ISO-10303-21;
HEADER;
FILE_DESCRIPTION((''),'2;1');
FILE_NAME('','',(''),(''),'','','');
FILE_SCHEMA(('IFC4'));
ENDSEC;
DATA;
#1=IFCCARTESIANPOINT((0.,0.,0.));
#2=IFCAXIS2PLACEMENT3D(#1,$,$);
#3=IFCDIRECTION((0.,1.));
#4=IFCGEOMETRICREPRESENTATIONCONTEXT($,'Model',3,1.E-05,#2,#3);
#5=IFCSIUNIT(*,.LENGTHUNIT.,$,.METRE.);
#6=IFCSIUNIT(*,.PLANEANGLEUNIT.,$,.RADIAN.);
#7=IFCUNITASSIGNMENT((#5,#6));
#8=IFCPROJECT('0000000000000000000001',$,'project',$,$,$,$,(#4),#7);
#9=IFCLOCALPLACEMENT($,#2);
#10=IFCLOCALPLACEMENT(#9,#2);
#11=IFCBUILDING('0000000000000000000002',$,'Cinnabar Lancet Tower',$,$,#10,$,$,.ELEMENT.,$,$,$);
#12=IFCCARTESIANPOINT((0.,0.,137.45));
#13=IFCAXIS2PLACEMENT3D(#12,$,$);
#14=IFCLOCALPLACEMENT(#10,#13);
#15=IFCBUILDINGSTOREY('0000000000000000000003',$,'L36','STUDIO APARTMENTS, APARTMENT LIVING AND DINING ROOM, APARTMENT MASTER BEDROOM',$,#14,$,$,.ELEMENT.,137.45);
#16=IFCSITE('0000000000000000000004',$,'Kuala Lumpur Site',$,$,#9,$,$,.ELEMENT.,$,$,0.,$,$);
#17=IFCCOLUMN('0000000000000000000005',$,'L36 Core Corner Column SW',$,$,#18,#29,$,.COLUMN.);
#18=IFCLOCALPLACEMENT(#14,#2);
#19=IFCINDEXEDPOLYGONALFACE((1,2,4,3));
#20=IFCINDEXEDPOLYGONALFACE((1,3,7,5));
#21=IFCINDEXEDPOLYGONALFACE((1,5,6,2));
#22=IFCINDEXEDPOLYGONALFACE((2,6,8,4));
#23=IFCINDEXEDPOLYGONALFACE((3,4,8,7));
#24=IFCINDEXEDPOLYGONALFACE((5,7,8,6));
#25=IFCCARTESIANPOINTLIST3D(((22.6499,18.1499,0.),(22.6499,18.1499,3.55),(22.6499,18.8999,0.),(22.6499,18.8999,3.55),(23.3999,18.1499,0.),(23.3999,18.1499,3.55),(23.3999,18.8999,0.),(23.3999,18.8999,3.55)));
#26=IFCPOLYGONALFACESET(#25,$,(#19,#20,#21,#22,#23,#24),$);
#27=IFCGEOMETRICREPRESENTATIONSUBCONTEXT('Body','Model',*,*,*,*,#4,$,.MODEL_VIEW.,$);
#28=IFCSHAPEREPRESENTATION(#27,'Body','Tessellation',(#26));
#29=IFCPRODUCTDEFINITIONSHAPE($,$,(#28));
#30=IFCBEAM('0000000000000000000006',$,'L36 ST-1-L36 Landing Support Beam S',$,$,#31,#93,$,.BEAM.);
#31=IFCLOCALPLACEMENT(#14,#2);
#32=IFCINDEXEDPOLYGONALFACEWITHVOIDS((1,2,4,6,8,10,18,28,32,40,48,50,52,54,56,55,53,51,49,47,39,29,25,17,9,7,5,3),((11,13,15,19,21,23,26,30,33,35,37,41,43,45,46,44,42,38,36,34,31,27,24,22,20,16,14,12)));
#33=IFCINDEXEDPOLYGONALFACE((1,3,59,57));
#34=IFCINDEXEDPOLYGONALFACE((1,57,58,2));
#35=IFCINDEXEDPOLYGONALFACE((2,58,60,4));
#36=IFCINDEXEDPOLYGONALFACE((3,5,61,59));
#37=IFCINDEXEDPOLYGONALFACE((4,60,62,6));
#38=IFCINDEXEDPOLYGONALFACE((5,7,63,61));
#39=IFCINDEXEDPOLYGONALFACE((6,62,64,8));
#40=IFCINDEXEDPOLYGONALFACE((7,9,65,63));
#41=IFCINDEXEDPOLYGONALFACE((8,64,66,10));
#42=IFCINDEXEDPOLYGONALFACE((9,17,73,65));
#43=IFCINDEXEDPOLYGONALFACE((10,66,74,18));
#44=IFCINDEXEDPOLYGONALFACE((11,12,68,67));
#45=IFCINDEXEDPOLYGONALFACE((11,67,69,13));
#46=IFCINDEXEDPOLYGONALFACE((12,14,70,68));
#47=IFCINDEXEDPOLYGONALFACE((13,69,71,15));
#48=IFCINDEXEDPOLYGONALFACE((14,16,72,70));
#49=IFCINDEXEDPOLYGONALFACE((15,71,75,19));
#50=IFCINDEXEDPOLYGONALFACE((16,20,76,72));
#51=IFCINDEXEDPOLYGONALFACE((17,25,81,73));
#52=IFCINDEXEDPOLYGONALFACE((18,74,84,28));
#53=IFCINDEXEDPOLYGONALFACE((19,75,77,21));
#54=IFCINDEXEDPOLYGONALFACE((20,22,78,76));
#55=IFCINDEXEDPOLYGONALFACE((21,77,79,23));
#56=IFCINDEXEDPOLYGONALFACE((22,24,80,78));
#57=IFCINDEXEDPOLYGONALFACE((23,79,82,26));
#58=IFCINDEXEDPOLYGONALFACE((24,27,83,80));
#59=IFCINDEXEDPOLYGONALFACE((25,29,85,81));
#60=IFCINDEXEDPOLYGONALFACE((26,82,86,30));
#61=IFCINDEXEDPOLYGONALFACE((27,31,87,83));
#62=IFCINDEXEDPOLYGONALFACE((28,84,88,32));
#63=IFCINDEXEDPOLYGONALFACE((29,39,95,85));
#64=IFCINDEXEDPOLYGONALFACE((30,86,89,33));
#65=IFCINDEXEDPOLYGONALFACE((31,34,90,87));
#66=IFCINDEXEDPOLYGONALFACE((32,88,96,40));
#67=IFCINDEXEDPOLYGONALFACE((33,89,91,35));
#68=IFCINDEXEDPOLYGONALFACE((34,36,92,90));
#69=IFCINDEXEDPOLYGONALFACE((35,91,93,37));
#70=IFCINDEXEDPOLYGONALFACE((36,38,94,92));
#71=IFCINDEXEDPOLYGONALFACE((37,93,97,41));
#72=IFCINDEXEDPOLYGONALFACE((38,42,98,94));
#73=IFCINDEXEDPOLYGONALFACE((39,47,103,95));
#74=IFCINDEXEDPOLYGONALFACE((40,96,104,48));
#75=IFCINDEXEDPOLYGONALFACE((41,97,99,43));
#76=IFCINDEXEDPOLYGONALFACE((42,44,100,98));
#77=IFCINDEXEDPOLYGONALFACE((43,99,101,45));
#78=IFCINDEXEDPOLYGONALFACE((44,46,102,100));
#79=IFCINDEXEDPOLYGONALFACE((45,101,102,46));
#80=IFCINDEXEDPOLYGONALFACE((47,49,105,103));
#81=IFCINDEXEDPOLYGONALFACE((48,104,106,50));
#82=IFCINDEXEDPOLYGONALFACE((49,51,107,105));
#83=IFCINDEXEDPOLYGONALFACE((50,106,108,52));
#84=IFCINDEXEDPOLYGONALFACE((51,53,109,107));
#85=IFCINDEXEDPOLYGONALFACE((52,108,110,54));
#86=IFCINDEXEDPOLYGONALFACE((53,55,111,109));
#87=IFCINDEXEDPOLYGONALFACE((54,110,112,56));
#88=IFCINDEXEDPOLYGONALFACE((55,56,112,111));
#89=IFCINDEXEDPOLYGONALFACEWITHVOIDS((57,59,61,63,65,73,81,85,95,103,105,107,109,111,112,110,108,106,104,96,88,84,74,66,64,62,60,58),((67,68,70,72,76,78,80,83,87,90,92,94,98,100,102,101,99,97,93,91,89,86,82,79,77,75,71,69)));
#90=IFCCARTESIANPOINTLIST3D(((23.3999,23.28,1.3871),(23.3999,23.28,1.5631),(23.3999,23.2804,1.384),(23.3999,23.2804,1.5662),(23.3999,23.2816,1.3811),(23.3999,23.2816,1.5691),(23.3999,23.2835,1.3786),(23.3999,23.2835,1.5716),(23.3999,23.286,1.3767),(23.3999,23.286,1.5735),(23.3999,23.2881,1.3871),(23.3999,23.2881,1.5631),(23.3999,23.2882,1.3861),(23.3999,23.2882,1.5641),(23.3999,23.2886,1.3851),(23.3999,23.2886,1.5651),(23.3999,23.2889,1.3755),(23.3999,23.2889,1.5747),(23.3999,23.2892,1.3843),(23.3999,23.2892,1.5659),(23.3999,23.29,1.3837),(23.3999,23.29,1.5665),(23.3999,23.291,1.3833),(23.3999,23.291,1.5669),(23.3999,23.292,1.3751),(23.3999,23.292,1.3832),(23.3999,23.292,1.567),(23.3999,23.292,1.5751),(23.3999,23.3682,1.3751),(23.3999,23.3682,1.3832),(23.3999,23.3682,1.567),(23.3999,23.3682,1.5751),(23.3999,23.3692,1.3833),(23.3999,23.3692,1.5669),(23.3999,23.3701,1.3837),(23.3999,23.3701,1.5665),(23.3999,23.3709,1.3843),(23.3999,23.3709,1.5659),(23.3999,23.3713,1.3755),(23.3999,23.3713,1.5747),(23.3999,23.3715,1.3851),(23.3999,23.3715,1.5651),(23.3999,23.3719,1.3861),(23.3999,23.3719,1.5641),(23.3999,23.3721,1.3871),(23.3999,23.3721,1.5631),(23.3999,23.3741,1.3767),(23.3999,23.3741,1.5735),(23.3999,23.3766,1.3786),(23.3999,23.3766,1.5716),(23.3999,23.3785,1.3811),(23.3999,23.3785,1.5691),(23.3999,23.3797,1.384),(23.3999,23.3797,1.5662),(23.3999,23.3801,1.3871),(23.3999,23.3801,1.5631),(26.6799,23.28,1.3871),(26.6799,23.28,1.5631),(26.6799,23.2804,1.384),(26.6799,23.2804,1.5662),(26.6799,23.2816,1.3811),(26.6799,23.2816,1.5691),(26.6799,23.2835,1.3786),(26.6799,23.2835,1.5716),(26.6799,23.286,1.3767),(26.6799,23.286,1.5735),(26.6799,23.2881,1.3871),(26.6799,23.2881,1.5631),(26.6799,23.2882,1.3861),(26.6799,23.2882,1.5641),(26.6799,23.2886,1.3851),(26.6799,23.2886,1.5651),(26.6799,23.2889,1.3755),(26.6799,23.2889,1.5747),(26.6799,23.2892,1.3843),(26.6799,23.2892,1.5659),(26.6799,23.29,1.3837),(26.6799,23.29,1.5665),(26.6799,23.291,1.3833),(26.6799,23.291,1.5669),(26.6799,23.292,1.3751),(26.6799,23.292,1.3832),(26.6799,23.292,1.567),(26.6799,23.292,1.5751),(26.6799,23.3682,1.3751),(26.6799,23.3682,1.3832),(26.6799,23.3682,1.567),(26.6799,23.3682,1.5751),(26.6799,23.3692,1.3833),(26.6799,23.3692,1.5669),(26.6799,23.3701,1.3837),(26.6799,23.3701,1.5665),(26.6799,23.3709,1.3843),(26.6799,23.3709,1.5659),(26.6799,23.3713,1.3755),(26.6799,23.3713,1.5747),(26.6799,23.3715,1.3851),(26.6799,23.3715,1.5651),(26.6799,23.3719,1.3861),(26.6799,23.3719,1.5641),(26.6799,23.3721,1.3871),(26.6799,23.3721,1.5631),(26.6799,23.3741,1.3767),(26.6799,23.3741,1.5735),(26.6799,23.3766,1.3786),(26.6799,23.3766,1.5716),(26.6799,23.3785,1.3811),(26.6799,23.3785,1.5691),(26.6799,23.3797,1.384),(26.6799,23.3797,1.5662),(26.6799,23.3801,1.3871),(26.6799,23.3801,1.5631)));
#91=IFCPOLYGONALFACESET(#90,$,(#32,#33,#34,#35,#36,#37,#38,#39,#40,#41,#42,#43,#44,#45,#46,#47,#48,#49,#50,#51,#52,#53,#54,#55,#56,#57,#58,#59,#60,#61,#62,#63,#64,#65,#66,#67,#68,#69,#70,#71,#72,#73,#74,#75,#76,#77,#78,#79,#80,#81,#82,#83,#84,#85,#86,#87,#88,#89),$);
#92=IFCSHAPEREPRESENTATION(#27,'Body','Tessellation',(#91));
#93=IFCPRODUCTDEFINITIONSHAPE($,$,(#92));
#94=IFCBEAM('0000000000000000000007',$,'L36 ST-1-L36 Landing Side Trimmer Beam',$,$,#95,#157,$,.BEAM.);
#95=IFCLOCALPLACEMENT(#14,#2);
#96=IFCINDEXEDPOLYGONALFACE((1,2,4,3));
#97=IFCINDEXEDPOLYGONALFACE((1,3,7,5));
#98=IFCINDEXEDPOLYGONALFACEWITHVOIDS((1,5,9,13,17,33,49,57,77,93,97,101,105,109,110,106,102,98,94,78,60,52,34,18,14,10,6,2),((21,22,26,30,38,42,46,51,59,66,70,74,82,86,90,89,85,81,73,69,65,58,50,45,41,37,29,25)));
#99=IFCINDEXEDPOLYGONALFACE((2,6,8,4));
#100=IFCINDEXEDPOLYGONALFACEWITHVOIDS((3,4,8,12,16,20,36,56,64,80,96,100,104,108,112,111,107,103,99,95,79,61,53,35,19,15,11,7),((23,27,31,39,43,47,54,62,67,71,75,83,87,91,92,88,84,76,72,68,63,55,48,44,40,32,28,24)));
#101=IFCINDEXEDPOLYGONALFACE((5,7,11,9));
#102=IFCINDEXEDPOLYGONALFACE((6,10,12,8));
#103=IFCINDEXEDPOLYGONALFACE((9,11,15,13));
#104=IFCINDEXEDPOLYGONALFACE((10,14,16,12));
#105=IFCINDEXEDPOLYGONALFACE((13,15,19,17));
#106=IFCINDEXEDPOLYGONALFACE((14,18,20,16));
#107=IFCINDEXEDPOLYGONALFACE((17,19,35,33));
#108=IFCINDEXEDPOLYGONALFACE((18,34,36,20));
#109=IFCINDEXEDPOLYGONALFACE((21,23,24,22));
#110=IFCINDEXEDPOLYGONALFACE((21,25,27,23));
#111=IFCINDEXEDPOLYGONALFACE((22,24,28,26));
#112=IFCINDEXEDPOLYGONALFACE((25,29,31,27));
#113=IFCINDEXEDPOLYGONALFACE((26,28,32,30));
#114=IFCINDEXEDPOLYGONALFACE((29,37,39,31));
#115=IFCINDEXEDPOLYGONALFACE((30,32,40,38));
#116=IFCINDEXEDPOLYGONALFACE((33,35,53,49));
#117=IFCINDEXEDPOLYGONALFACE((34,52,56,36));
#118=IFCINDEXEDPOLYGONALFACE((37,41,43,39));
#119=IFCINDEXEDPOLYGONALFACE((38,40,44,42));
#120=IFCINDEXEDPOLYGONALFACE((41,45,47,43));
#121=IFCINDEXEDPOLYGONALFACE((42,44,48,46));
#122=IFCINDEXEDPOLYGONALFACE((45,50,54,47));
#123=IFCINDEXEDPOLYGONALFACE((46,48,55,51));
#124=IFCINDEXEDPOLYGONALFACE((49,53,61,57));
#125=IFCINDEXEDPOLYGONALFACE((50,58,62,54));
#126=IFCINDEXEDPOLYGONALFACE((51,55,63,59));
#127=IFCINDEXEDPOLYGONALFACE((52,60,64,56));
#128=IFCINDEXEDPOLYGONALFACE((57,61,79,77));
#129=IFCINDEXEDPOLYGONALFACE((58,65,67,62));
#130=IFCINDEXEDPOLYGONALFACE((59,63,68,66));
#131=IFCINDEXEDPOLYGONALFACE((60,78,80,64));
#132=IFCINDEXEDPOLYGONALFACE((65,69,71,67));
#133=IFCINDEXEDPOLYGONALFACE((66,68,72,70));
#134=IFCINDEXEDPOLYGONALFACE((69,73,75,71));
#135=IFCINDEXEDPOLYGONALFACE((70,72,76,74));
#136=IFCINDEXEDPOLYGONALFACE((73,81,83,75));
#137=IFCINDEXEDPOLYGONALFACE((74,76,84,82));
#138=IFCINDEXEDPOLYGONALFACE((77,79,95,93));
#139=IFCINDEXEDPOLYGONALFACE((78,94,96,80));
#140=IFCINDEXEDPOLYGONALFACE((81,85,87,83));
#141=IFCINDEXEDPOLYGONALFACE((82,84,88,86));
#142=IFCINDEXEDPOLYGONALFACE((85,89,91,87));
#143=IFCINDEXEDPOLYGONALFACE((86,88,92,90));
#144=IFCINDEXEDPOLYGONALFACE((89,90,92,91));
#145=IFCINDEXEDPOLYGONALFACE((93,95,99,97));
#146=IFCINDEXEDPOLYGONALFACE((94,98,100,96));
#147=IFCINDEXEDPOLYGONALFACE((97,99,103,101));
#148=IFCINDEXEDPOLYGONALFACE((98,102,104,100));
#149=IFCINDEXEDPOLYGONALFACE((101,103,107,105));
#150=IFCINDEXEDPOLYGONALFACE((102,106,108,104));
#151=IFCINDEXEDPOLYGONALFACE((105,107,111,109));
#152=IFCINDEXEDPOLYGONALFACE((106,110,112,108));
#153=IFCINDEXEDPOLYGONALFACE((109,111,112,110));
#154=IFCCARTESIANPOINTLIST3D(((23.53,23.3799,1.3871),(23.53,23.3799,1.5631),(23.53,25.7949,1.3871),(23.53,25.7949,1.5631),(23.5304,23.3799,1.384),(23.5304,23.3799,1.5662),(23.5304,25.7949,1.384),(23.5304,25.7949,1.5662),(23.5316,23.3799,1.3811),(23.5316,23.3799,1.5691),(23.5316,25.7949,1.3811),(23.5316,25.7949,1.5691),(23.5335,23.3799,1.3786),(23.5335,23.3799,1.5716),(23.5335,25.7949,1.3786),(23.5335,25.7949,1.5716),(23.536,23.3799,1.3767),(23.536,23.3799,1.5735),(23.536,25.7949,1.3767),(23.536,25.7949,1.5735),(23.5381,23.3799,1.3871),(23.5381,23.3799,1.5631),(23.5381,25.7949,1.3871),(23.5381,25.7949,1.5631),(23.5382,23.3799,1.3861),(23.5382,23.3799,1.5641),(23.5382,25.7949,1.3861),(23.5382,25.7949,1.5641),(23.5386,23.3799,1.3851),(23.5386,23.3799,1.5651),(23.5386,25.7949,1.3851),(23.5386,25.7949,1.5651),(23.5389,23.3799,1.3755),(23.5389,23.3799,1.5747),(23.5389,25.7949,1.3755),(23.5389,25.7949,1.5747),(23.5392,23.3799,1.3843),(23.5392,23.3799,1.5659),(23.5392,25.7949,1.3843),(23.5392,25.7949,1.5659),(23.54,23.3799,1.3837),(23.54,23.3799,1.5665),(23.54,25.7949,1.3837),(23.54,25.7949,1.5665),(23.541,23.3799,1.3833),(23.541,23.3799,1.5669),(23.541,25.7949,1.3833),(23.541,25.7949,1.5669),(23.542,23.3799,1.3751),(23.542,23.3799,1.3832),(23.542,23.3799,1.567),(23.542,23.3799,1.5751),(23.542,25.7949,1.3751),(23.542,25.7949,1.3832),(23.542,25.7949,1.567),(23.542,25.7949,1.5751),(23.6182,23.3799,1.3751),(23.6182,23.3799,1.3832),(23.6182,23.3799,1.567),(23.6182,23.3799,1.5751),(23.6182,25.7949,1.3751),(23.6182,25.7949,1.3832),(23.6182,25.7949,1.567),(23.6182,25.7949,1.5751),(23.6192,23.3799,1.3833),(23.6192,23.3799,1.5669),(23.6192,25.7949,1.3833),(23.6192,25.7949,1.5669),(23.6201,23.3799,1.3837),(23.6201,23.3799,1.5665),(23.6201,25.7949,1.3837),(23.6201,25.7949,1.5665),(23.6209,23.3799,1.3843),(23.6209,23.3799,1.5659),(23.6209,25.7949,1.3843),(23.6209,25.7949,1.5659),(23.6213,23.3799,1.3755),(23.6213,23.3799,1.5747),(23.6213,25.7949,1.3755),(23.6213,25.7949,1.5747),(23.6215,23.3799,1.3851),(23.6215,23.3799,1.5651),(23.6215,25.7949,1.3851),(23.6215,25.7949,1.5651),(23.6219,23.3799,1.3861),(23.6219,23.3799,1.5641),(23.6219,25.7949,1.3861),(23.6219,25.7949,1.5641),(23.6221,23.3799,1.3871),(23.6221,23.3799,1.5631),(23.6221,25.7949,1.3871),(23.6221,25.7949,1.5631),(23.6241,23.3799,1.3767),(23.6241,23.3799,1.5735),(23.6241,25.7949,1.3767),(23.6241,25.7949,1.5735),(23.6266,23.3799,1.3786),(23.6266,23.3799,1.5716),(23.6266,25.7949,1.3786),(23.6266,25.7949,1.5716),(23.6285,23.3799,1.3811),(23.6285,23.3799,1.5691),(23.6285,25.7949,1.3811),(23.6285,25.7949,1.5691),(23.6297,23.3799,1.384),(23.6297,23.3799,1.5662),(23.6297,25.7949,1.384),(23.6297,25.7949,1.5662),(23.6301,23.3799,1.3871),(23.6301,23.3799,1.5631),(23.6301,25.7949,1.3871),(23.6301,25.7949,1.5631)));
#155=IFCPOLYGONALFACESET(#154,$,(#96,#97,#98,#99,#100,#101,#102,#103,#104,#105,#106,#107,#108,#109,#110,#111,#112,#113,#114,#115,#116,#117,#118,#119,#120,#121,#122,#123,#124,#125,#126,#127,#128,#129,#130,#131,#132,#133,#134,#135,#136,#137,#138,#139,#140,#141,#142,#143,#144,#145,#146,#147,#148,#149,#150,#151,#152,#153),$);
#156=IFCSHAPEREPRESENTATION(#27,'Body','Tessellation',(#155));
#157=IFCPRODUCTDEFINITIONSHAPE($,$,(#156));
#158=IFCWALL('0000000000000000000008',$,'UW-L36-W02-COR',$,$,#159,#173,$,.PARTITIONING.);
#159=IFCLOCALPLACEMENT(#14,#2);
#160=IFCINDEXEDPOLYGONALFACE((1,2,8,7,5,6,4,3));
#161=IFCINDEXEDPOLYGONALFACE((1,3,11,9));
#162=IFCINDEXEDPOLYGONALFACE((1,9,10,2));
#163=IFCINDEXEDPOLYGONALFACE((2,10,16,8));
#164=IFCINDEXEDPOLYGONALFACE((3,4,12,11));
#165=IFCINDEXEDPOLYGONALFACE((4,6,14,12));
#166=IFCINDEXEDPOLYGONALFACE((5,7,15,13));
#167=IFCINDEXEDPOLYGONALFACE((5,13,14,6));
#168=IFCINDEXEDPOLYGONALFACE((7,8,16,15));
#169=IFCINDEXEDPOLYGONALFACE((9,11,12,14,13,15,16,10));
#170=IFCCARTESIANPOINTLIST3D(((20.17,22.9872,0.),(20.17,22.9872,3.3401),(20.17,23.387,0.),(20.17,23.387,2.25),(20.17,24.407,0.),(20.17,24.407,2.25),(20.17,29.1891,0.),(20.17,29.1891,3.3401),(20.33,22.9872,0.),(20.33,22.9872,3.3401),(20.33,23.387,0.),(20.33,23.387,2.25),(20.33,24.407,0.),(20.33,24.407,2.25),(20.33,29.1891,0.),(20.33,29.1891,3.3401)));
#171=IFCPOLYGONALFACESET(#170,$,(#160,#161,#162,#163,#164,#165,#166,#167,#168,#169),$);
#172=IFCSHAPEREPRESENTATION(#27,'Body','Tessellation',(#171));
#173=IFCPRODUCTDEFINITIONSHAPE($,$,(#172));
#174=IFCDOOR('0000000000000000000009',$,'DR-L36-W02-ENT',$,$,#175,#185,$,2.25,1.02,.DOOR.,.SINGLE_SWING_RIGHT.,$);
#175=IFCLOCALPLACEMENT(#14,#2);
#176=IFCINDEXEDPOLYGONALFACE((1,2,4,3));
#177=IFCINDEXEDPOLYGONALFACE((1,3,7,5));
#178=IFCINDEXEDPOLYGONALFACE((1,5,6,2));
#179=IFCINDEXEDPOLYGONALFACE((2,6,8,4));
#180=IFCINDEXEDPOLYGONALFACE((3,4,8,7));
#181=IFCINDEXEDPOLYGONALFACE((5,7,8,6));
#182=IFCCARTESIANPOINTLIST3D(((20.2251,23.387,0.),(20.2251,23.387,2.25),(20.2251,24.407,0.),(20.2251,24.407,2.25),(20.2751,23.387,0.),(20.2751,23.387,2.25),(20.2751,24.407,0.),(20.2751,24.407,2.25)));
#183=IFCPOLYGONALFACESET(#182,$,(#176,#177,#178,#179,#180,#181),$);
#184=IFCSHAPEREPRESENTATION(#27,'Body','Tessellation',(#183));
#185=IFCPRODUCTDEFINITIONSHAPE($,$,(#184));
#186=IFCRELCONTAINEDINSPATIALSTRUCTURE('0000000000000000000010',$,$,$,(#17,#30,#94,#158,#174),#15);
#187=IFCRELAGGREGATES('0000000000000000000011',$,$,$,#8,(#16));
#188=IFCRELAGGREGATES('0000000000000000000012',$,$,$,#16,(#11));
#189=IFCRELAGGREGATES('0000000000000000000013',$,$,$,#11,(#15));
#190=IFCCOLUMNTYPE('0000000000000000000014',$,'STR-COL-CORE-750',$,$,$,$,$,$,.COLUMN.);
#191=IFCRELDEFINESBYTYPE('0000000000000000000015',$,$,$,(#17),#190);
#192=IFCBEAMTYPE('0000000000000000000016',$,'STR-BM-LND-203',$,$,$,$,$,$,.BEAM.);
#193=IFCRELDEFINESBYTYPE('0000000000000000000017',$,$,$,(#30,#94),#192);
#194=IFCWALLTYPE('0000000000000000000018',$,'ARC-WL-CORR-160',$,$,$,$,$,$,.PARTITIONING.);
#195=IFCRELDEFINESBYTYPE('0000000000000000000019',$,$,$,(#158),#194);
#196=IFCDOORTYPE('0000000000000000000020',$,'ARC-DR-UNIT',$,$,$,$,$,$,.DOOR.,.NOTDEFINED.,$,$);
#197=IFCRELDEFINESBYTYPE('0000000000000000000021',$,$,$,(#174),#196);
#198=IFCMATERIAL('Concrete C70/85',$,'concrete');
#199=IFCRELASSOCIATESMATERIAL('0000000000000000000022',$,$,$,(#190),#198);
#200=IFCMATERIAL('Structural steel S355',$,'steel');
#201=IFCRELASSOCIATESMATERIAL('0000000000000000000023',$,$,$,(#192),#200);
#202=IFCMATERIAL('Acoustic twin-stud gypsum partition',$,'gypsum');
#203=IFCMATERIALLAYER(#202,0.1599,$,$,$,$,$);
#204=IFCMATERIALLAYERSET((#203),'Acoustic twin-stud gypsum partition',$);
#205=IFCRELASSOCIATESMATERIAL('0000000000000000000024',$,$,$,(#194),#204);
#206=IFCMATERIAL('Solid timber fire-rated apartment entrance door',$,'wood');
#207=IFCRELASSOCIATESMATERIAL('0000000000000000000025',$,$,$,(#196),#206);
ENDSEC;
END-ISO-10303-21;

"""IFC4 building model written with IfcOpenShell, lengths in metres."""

from ifc_helpers import new_model, si_unit, direction, frame, frame_2d, origin, origin_2d, place, context, subcontext, project, spatial, rectangle, hollow_rectangle, extrude, material, layer, layer_set, material_profile, profile_set, type_object, element, fill, save


model = new_model("IFC4")

# Units and contexts
model_context = context("Model", 3, precision=1e-05, world=origin(), true_north=direction((0.0, 1.0)))
body_context = subcontext(model_context, "Body", "Model", "MODEL_VIEW")
ifc_project = project(units=[si_unit("LENGTHUNIT", "METRE"), si_unit("PLANEANGLEUNIT", "RADIAN")], contexts=[model_context])

# Site, building, storey
site_placement = place(None, origin())
site = spatial("IfcSite", under=ifc_project, at=site_placement, Name="Kuala Lumpur Site", CompositionType="ELEMENT", RefElevation=0.0)
building_placement = place(site_placement, origin())
building = spatial("IfcBuilding", under=site, at=building_placement, Name="Cinnabar Lancet Tower", CompositionType="ELEMENT")
storey_placement = place(building_placement, frame((0.0, 0.0, 137.45)))
storey = spatial("IfcBuildingStorey", under=building, at=storey_placement, Name="L36", Description="STUDIO APARTMENTS, APARTMENT LIVING AND DINING ROOM, APARTMENT MASTER BEDROOM", CompositionType="ELEMENT", Elevation=137.45)

# Column
ifc_material_1 = material(Name="Concrete C70/85", Category="concrete")
ifc_material_profile_1 = material_profile(ifc_material_1, rectangle(XDim=0.75, YDim=0.75, at=origin_2d()), Name="RC-COL 750x750")
ifc_profile_set_1 = profile_set([ifc_material_profile_1], Name="Concrete C70/85")
column_type = type_object("IfcColumnType", Name="STR-COL-CORE-750", PredefinedType="COLUMN", material=ifc_profile_set_1)
column_placement = place(storey_placement, frame((23.0249, 18.5249, 0.0), z_axis=(0.0, 0.0, 1.0), x_axis=(1.0, 0.0, 0.0)))
element("IfcColumn", 1, at=column_placement, inside=storey, type_object=column_type, Name="L36 Core Corner Column SW", PredefinedType="COLUMN", context=body_context, shape_type="SweptSolid", body=[
    extrude(rectangle(XDim=0.75, YDim=0.75, at=origin_2d()), origin(), (0.0, 0.0, 1.0), 3.55),
])

# Beams
ifc_material_2 = material(Name="Structural steel S355", Category="steel")
ifc_material_profile_2 = material_profile(ifc_material_2, hollow_rectangle(XDim=0.1001, YDim=0.2, WallThickness=0.0081, InnerFilletRadius=0.0039, OuterFilletRadius=0.012, at=origin_2d()), Name="RHS 200x100x8")
ifc_profile_set_2 = profile_set([ifc_material_profile_2], Name="Structural steel S355")
beam_type = type_object("IfcBeamType", Name="STR-BM-LND-203", PredefinedType="BEAM", material=ifc_profile_set_2)
beam_1_placement = place(storey_placement, frame((23.3999, 23.3301, 1.4751), z_axis=(1.0, 0.0, 0.0), x_axis=(0.0, 1.0, 0.0)))
element("IfcBeam", 2, at=beam_1_placement, inside=storey, type_object=beam_type, Name="L36 ST-1-L36 Landing Support Beam S", PredefinedType="BEAM", context=body_context, shape_type="SweptSolid", body=[
    extrude(hollow_rectangle(XDim=0.1001, YDim=0.2, WallThickness=0.0081, InnerFilletRadius=0.0039, OuterFilletRadius=0.012, at=origin_2d()), origin(), (0.0, 0.0, 1.0), 3.28),
])
beam_2_placement = place(storey_placement, frame((23.5801, 23.3799, 1.4751), z_axis=(0.0, 1.0, 0.0), x_axis=(-1.0, 0.0, 0.0)))
element("IfcBeam", 3, at=beam_2_placement, inside=storey, type_object=beam_type, Name="L36 ST-1-L36 Landing Side Trimmer Beam", PredefinedType="BEAM", context=body_context, shape_type="SweptSolid", body=[
    extrude(hollow_rectangle(XDim=0.1001, YDim=0.2, WallThickness=0.0081, InnerFilletRadius=0.0039, OuterFilletRadius=0.012, at=origin_2d()), origin(), (0.0, 0.0, 1.0), 2.415),
])

# Wall, opening, door
ifc_material_3 = material(Name="Acoustic twin-stud gypsum partition", Category="gypsum")
ifc_layer_1 = layer(ifc_material_3, 0.1599)
ifc_layer_set_1 = layer_set([ifc_layer_1], Name="Acoustic twin-stud gypsum partition")
wall_type_1 = type_object("IfcWallType", Name="ARC-WL-CORR-160", PredefinedType="PARTITIONING", material=ifc_layer_set_1)
wall_1_placement = place(storey_placement, frame((20.25, 22.9871, 0.0), z_axis=(0.0, 0.0, 1.0), x_axis=(0.0, 1.0, 0.0)))
wall_1 = element("IfcWall", 4, at=wall_1_placement, inside=storey, type_object=wall_type_1, Name="UW-L36-W02-COR", PredefinedType="PARTITIONING", context=body_context, shape_type="SweptSolid", body=[
    extrude(rectangle(XDim=6.2019, YDim=0.1599, at=frame_2d((3.1011, 0.0))), origin(), (0.0, 0.0, 1.0), 3.3401),
])
opening_1_placement = place(wall_1_placement, frame((0.3999, 0.0, 0.0)))
opening_1 = element("IfcOpeningElement", 5, at=opening_1_placement, cuts=wall_1, PredefinedType="OPENING", context=body_context, shape_type="SweptSolid", body=[
    extrude(rectangle(XDim=1.02, YDim=2.25, at=frame_2d((0.51, 1.125))), frame((0.0, 0.0898, 0.0), z_axis=(0.0, -1.0, 0.0), x_axis=(1.0, 0.0, 0.0)), (0.0, 0.0, 1.0), 0.1799),
])
ifc_material_4 = material(Name="Solid timber fire-rated apartment entrance door", Category="wood")
door_type_1 = type_object("IfcDoorType", Name="ARC-DR-UNIT", OperationType="NOTDEFINED", PredefinedType="DOOR", material=ifc_material_4)
door_1_placement = place(opening_1_placement, origin())
door_1 = element("IfcDoor", 6, at=door_1_placement, inside=storey, type_object=door_type_1, Name="DR-L36-W02-ENT", OperationType="SINGLE_SWING_RIGHT", OverallHeight=2.25, OverallWidth=1.02, PredefinedType="DOOR", context=body_context, shape_type="SweptSolid", body=[
    extrude(rectangle(XDim=1.02, YDim=2.25, at=frame_2d((0.51, 1.125))), frame((0.0, 0.0249, 0.0), z_axis=(0.0, -1.0, 0.0), x_axis=(1.0, 0.0, 0.0)), (0.0, 0.0, 1.0), 0.05),
])
fill(opening_1, door_1)

save(model, "model.ifc")
